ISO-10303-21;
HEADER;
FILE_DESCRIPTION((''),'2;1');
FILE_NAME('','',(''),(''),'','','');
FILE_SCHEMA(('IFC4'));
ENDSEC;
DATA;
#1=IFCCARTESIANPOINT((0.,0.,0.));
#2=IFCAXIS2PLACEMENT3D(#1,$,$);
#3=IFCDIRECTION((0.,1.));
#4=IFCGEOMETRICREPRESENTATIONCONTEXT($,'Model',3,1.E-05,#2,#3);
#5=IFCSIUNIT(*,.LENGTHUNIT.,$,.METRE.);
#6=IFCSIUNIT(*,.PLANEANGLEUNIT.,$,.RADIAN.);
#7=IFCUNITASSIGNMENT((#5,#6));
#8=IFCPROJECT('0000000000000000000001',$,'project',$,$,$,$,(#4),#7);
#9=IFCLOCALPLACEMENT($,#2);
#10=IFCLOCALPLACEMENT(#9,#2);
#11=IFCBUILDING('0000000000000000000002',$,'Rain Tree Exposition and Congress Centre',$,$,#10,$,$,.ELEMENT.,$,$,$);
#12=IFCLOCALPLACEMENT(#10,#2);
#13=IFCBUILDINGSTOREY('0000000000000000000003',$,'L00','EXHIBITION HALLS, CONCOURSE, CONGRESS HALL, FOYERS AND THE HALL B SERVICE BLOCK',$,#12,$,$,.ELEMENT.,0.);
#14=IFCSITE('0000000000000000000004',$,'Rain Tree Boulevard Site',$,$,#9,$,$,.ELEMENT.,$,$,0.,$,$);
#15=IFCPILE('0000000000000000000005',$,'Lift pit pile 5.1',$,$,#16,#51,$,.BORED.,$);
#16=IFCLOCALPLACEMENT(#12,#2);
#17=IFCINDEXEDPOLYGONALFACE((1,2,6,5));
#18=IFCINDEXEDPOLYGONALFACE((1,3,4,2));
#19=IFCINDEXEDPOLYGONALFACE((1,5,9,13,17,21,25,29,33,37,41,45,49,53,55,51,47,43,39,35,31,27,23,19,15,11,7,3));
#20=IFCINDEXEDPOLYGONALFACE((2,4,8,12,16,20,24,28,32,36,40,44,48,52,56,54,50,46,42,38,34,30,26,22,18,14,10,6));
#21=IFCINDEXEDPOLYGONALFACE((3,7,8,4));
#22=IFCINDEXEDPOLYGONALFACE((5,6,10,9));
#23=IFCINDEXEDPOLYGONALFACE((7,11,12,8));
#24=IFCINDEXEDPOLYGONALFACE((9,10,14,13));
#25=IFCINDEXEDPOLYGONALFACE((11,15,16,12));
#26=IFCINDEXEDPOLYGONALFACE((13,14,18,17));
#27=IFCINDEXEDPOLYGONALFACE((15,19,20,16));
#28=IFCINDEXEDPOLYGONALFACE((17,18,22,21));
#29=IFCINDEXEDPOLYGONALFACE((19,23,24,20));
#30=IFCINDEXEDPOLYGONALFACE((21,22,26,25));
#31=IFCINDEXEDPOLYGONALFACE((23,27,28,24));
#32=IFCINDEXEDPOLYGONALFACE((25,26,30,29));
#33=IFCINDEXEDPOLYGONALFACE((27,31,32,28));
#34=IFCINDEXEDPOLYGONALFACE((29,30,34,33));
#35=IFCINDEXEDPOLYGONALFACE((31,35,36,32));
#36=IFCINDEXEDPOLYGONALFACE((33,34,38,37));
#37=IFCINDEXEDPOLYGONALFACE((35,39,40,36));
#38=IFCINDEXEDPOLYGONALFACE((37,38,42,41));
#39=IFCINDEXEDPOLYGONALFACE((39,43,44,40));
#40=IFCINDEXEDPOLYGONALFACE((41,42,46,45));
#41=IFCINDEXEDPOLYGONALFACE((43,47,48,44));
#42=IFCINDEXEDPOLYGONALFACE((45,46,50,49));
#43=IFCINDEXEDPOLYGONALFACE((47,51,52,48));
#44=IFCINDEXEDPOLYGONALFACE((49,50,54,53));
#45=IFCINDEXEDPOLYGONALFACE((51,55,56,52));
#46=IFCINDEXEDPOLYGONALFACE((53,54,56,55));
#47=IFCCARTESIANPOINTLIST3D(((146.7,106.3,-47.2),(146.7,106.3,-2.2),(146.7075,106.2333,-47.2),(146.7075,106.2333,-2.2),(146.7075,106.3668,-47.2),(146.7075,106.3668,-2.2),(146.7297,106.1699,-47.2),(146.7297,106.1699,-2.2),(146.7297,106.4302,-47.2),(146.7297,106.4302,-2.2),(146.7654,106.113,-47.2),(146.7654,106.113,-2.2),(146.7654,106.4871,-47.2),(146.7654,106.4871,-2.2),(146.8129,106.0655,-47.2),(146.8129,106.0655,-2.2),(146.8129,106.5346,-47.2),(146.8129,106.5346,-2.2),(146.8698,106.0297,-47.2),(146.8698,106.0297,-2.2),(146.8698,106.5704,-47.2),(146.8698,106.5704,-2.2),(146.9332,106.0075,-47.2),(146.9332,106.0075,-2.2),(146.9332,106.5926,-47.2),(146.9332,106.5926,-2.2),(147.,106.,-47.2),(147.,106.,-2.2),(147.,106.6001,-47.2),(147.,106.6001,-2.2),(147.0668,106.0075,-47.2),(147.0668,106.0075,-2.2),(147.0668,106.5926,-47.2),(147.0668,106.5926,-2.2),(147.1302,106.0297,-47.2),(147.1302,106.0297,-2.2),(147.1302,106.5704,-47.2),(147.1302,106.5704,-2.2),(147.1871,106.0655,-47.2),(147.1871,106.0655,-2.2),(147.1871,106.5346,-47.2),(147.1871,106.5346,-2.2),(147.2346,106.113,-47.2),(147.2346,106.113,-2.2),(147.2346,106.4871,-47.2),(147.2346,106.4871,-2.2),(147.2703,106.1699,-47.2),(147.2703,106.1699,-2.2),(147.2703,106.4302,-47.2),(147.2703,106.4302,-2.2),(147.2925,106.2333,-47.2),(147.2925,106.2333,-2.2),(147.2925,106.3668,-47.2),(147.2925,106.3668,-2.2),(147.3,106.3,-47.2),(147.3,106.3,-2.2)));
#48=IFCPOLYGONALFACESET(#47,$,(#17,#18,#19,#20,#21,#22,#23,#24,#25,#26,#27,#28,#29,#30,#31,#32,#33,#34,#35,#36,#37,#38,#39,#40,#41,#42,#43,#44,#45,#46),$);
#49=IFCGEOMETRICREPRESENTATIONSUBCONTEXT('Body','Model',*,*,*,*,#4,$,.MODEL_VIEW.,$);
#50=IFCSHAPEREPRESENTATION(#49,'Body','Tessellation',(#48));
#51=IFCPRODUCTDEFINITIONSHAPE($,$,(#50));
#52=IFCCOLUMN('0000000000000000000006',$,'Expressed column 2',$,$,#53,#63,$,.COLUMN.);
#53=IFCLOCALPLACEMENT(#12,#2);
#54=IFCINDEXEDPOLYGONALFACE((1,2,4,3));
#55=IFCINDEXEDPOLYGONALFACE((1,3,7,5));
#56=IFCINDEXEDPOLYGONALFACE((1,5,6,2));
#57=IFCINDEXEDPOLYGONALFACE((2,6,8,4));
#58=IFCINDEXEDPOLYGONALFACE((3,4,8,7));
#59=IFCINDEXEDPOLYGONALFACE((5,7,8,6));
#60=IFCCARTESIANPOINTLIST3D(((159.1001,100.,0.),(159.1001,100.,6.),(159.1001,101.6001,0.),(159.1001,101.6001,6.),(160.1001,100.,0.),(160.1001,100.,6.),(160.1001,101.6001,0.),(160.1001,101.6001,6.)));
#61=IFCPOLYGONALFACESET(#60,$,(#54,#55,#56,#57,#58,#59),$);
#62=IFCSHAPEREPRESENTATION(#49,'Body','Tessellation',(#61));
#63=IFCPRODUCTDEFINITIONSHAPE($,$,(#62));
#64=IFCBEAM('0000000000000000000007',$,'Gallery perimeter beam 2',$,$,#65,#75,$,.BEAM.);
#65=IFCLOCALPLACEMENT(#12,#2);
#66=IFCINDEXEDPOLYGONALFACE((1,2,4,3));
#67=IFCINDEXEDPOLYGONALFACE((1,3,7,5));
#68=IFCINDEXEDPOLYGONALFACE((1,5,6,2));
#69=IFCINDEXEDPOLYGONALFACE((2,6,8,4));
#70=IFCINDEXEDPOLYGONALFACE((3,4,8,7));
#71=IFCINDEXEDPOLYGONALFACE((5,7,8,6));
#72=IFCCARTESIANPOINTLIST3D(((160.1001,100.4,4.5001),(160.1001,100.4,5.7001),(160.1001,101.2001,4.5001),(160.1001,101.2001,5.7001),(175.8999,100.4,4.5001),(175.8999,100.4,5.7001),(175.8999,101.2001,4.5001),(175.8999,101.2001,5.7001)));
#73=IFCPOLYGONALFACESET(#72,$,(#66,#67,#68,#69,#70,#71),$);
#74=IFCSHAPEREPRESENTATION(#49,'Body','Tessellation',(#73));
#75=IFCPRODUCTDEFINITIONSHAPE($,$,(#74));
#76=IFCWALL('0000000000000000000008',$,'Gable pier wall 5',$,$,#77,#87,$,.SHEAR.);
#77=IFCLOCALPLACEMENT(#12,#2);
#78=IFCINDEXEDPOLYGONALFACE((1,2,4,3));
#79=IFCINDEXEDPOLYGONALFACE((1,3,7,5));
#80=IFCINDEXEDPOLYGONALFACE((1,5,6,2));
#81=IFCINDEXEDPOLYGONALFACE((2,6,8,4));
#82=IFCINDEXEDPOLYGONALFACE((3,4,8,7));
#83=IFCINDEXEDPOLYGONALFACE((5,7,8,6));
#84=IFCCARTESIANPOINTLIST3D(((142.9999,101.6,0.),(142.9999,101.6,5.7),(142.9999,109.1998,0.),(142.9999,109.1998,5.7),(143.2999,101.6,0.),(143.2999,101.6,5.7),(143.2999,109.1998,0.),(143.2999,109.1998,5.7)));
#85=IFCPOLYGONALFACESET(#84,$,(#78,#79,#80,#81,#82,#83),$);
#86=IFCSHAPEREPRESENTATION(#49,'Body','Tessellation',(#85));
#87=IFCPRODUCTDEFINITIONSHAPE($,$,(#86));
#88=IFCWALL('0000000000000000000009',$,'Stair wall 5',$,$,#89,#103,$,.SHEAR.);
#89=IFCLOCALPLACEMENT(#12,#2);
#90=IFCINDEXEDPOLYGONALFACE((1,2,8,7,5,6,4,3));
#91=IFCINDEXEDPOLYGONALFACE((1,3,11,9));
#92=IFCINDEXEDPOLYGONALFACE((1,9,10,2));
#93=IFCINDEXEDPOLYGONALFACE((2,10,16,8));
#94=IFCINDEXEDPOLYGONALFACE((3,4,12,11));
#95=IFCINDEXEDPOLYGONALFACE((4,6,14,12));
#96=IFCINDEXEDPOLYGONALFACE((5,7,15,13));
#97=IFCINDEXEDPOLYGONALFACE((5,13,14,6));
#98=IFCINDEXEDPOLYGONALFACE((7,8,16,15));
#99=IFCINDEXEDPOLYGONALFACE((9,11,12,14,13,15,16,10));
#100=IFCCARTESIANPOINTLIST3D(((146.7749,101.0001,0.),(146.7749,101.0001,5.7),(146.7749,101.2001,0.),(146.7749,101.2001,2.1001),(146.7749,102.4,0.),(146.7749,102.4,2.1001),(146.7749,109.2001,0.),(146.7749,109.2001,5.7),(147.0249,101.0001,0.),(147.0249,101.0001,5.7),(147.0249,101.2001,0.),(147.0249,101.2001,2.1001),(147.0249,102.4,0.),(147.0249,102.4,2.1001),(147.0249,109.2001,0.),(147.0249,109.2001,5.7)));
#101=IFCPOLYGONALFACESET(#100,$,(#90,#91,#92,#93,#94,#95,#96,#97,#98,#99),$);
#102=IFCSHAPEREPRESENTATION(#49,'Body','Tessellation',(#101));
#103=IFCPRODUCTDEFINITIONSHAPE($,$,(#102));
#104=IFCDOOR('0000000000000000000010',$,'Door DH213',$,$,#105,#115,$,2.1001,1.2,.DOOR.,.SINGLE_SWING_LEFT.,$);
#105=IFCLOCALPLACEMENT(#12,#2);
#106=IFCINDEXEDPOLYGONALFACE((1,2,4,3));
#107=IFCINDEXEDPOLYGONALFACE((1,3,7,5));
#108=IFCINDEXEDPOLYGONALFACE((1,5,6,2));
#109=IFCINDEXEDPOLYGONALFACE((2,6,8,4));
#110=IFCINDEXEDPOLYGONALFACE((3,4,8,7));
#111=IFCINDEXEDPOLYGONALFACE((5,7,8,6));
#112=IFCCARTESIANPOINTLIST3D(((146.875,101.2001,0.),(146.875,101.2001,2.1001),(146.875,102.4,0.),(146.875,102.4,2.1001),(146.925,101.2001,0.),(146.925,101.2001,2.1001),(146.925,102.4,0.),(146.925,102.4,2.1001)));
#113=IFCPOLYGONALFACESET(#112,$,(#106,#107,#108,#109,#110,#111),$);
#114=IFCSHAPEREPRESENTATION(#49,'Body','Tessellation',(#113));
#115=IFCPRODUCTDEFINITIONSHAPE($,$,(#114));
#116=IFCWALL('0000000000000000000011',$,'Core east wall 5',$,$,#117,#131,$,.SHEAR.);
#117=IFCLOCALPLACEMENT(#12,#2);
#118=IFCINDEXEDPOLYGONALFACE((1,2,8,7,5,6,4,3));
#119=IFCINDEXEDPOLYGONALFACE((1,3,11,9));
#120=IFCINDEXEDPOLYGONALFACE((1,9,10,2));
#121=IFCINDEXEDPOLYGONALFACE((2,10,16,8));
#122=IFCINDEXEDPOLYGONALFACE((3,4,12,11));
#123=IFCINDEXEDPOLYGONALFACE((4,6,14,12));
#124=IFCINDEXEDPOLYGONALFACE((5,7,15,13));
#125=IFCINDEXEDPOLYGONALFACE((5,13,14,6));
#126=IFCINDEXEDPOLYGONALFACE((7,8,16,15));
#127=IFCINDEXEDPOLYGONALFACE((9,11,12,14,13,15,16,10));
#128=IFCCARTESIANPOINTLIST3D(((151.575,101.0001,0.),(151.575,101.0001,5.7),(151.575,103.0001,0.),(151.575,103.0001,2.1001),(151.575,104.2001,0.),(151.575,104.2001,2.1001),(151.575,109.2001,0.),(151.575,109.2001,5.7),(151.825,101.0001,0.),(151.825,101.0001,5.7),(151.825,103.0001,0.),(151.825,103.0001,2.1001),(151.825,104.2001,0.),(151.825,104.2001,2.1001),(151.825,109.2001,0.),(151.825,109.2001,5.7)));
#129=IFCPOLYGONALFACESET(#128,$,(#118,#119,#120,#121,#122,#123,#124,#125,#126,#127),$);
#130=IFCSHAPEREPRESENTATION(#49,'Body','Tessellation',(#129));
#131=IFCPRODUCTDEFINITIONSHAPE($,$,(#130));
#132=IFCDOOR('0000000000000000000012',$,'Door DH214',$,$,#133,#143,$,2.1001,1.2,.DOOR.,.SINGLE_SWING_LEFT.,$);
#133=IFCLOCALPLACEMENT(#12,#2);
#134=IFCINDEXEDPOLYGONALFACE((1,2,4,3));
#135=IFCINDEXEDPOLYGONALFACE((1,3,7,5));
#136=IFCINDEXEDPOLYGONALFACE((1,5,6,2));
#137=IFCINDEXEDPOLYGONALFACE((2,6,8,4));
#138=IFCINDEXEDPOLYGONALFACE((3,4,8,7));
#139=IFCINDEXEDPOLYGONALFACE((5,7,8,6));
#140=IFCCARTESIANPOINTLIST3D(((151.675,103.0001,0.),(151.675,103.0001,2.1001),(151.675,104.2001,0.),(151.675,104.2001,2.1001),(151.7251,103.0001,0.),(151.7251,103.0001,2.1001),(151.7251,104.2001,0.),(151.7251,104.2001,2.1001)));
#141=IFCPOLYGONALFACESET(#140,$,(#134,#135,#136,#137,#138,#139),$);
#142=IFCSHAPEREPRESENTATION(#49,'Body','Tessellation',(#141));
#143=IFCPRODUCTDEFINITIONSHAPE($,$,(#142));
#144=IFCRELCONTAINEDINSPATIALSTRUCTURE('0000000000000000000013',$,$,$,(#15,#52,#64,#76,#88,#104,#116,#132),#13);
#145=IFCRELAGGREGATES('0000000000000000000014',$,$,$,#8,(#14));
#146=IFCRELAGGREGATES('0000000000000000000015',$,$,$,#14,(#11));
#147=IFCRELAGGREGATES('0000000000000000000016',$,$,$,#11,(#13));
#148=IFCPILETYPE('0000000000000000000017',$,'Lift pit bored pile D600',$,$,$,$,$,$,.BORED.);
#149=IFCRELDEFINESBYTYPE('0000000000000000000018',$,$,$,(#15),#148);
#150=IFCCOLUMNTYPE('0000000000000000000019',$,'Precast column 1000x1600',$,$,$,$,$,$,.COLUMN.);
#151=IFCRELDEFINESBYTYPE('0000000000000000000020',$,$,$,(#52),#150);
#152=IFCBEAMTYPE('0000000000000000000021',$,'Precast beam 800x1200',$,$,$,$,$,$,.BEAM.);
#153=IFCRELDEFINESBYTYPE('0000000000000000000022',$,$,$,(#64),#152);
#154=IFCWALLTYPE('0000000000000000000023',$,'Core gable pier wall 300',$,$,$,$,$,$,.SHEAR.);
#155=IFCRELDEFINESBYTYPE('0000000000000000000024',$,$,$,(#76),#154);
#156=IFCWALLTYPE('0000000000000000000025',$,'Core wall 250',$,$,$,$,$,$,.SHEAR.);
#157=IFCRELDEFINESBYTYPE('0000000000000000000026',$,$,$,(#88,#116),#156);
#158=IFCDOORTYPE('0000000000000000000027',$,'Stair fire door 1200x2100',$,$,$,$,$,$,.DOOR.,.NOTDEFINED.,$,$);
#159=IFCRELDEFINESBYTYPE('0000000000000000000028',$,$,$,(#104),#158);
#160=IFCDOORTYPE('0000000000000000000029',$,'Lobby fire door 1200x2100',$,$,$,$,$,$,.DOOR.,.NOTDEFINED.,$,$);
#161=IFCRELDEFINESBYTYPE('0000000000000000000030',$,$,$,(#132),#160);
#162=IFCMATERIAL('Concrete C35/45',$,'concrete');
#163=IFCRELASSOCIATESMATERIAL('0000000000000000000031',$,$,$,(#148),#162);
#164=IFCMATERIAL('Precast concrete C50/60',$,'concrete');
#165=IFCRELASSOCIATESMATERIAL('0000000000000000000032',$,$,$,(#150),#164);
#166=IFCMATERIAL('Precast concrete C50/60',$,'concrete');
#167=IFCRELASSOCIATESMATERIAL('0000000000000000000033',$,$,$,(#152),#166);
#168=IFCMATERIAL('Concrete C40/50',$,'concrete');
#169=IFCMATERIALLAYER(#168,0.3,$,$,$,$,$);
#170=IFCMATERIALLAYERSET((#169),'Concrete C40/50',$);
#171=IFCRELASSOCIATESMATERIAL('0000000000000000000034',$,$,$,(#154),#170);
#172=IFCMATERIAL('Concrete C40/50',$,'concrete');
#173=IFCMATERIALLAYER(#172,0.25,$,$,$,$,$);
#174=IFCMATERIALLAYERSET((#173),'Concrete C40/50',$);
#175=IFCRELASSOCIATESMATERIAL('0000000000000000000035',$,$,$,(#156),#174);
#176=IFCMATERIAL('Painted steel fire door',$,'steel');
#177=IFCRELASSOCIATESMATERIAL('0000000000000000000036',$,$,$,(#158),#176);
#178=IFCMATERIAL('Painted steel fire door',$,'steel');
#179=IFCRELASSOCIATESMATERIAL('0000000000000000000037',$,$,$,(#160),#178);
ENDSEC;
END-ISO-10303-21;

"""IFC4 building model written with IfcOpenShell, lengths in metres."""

from ifc_helpers import new_model, si_unit, direction, frame, frame_2d, origin, origin_2d, place, context, subcontext, project, spatial, rectangle, circle, extrude, material, layer, layer_set, material_profile, profile_set, type_object, element, fill, save


model = new_model("IFC4")

# Units and contexts
model_context = context("Model", 3, precision=1e-05, world=origin(), true_north=direction((0.0, 1.0)))
body_context = subcontext(model_context, "Body", "Model", "MODEL_VIEW")
ifc_project = project(units=[si_unit("LENGTHUNIT", "METRE"), si_unit("PLANEANGLEUNIT", "RADIAN")], contexts=[model_context])

# Site, building, storey
site_placement = place(None, origin())
site = spatial("IfcSite", under=ifc_project, at=site_placement, Name="Rain Tree Boulevard Site", CompositionType="ELEMENT", RefElevation=0.0)
building_placement = place(site_placement, origin())
building = spatial("IfcBuilding", under=site, at=building_placement, Name="Rain Tree Exposition and Congress Centre", CompositionType="ELEMENT")
storey_placement = place(building_placement, origin())
storey = spatial("IfcBuildingStorey", under=building, at=storey_placement, Name="L00", Description="EXHIBITION HALLS, CONCOURSE, CONGRESS HALL, FOYERS AND THE HALL B SERVICE BLOCK", CompositionType="ELEMENT", Elevation=0.0)

# Pile
ifc_material_1 = material(Name="Concrete C35/45", Category="concrete")
ifc_material_profile_1 = material_profile(ifc_material_1, circle(Radius=0.3, at=origin_2d()), Name="D600")
ifc_profile_set_1 = profile_set([ifc_material_profile_1], Name="Concrete C35/45")
pile_type = type_object("IfcPileType", Name="Lift pit bored pile D600", PredefinedType="BORED", material=ifc_profile_set_1)
pile_placement = place(storey_placement, frame((147.0, 106.3, -2.2), z_axis=(0.0, 0.0, -1.0), x_axis=(1.0, 0.0, 0.0)))
element("IfcPile", 1, at=pile_placement, inside=storey, type_object=pile_type, Name="Lift pit pile 5.1", PredefinedType="BORED", context=body_context, shape_type="SweptSolid", body=[
    extrude(circle(Radius=0.3, at=origin_2d()), origin(), (0.0, 0.0, 1.0), 45.0),
])

# Column
ifc_material_2 = material(Name="Precast concrete C50/60", Category="concrete")
ifc_material_profile_2 = material_profile(ifc_material_2, rectangle(XDim=1.0, YDim=1.6001, at=origin_2d()), Name="RC 1000x1600")
ifc_profile_set_2 = profile_set([ifc_material_profile_2], Name="Precast concrete C50/60")
column_type = type_object("IfcColumnType", Name="Precast column 1000x1600", PredefinedType="COLUMN", material=ifc_profile_set_2)
column_placement = place(storey_placement, frame((159.6001, 100.8, 0.0), z_axis=(0.0, 0.0, 1.0), x_axis=(1.0, 0.0, 0.0)))
element("IfcColumn", 2, at=column_placement, inside=storey, type_object=column_type, Name="Expressed column 2", PredefinedType="COLUMN", context=body_context, shape_type="SweptSolid", body=[
    extrude(rectangle(XDim=1.0, YDim=1.6001, at=origin_2d()), origin(), (0.0, 0.0, 1.0), 6.0),
])

# Beam
ifc_material_3 = material(Name="Precast concrete C50/60", Category="concrete")
ifc_material_profile_3 = material_profile(ifc_material_3, rectangle(XDim=0.8, YDim=1.2, at=origin_2d()), Name="RC 800x1200")
ifc_profile_set_3 = profile_set([ifc_material_profile_3], Name="Precast concrete C50/60")
beam_type = type_object("IfcBeamType", Name="Precast beam 800x1200", PredefinedType="BEAM", material=ifc_profile_set_3)
beam_placement = place(storey_placement, frame((160.1001, 100.8, 5.1001), z_axis=(1.0, 0.0, 0.0), x_axis=(0.0, 1.0, 0.0)))
element("IfcBeam", 3, at=beam_placement, inside=storey, type_object=beam_type, Name="Gallery perimeter beam 2", PredefinedType="BEAM", context=body_context, shape_type="SweptSolid", body=[
    extrude(rectangle(XDim=0.8, YDim=1.2, at=origin_2d()), origin(), (0.0, 0.0, 1.0), 15.7998),
])

# Wall
ifc_material_4 = material(Name="Concrete C40/50", Category="concrete")
ifc_layer_1 = layer(ifc_material_4, 0.3)
ifc_layer_set_1 = layer_set([ifc_layer_1], Name="Concrete C40/50")
wall_type_1 = type_object("IfcWallType", Name="Core gable pier wall 300", PredefinedType="SHEAR", material=ifc_layer_set_1)
wall_1_placement = place(storey_placement, frame((143.1499, 101.6001, 0.0), z_axis=(0.0, 0.0, 1.0), x_axis=(0.0, 1.0, 0.0)))
element("IfcWall", 4, at=wall_1_placement, inside=storey, type_object=wall_type_1, Name="Gable pier wall 5", PredefinedType="SHEAR", context=body_context, shape_type="SweptSolid", body=[
    extrude(rectangle(XDim=7.5999, YDim=0.3, at=frame_2d((3.7998, 0.0))), origin(), (0.0, 0.0, 1.0), 5.7),
])

# Walls, openings, doors
ifc_material_5 = material(Name="Concrete C40/50", Category="concrete")
ifc_layer_2 = layer(ifc_material_5, 0.25)
ifc_layer_set_2 = layer_set([ifc_layer_2], Name="Concrete C40/50")
wall_type_2 = type_object("IfcWallType", Name="Core wall 250", PredefinedType="SHEAR", material=ifc_layer_set_2)
wall_2_placement = place(storey_placement, frame((146.8999, 101.0, 0.0), z_axis=(0.0, 0.0, 1.0), x_axis=(0.0, 1.0, 0.0)))
wall_2 = element("IfcWall", 5, at=wall_2_placement, inside=storey, type_object=wall_type_2, Name="Stair wall 5", PredefinedType="SHEAR", context=body_context, shape_type="SweptSolid", body=[
    extrude(rectangle(XDim=8.2, YDim=0.25, at=frame_2d((4.1001, 0.0))), origin(), (0.0, 0.0, 1.0), 5.7),
])
opening_1_placement = place(wall_2_placement, frame((0.2, 0.0, 0.0)))
opening_1 = element("IfcOpeningElement", 6, at=opening_1_placement, cuts=wall_2, PredefinedType="OPENING", context=body_context, shape_type="SweptSolid", body=[
    extrude(rectangle(XDim=1.2, YDim=2.1001, at=frame_2d((0.6001, 1.05))), frame((0.0, 0.125, 0.0), z_axis=(0.0, -1.0, 0.0), x_axis=(1.0, 0.0, 0.0)), (0.0, 0.0, 1.0), 0.25),
])
ifc_material_6 = material(Name="Painted steel fire door", Category="steel")
door_type_1 = type_object("IfcDoorType", Name="Stair fire door 1200x2100", OperationType="NOTDEFINED", PredefinedType="DOOR", material=ifc_material_6)
door_1_placement = place(opening_1_placement, origin())
door_1 = element("IfcDoor", 7, at=door_1_placement, inside=storey, type_object=door_type_1, Name="Door DH213", OperationType="SINGLE_SWING_LEFT", OverallHeight=2.1001, OverallWidth=1.2, PredefinedType="DOOR", context=body_context, shape_type="SweptSolid", body=[
    extrude(rectangle(XDim=1.2, YDim=2.1001, at=frame_2d((0.6001, 1.05))), frame((0.0, 0.0249, 0.0), z_axis=(0.0, -1.0, 0.0), x_axis=(1.0, 0.0, 0.0)), (0.0, 0.0, 1.0), 0.05),
])
fill(opening_1, door_1)
wall_3_placement = place(storey_placement, frame((151.7, 101.0, 0.0), z_axis=(0.0, 0.0, 1.0), x_axis=(0.0, 1.0, 0.0)))
wall_3 = element("IfcWall", 8, at=wall_3_placement, inside=storey, type_object=wall_type_2, Name="Core east wall 5", PredefinedType="SHEAR", context=body_context, shape_type="SweptSolid", body=[
    extrude(rectangle(XDim=8.2, YDim=0.25, at=frame_2d((4.1001, 0.0))), origin(), (0.0, 0.0, 1.0), 5.7),
])
opening_2_placement = place(wall_3_placement, frame((2.0, 0.0, 0.0)))
opening_2 = element("IfcOpeningElement", 9, at=opening_2_placement, cuts=wall_3, PredefinedType="OPENING", context=body_context, shape_type="SweptSolid", body=[
    extrude(rectangle(XDim=1.2, YDim=2.1001, at=frame_2d((0.6001, 1.05))), frame((0.0, 0.125, 0.0), z_axis=(0.0, -1.0, 0.0), x_axis=(1.0, 0.0, 0.0)), (0.0, 0.0, 1.0), 0.25),
])
ifc_material_7 = material(Name="Painted steel fire door", Category="steel")
door_type_2 = type_object("IfcDoorType", Name="Lobby fire door 1200x2100", OperationType="NOTDEFINED", PredefinedType="DOOR", material=ifc_material_7)
door_2_placement = place(opening_2_placement, origin())
door_2 = element("IfcDoor", 10, at=door_2_placement, inside=storey, type_object=door_type_2, Name="Door DH214", OperationType="SINGLE_SWING_LEFT", OverallHeight=2.1001, OverallWidth=1.2, PredefinedType="DOOR", context=body_context, shape_type="SweptSolid", body=[
    extrude(rectangle(XDim=1.2, YDim=2.1001, at=frame_2d((0.6001, 1.05))), frame((0.0, 0.0249, 0.0), z_axis=(0.0, -1.0, 0.0), x_axis=(1.0, 0.0, 0.0)), (0.0, 0.0, 1.0), 0.05),
])
fill(opening_2, door_2)

save(model, "model.ifc")
